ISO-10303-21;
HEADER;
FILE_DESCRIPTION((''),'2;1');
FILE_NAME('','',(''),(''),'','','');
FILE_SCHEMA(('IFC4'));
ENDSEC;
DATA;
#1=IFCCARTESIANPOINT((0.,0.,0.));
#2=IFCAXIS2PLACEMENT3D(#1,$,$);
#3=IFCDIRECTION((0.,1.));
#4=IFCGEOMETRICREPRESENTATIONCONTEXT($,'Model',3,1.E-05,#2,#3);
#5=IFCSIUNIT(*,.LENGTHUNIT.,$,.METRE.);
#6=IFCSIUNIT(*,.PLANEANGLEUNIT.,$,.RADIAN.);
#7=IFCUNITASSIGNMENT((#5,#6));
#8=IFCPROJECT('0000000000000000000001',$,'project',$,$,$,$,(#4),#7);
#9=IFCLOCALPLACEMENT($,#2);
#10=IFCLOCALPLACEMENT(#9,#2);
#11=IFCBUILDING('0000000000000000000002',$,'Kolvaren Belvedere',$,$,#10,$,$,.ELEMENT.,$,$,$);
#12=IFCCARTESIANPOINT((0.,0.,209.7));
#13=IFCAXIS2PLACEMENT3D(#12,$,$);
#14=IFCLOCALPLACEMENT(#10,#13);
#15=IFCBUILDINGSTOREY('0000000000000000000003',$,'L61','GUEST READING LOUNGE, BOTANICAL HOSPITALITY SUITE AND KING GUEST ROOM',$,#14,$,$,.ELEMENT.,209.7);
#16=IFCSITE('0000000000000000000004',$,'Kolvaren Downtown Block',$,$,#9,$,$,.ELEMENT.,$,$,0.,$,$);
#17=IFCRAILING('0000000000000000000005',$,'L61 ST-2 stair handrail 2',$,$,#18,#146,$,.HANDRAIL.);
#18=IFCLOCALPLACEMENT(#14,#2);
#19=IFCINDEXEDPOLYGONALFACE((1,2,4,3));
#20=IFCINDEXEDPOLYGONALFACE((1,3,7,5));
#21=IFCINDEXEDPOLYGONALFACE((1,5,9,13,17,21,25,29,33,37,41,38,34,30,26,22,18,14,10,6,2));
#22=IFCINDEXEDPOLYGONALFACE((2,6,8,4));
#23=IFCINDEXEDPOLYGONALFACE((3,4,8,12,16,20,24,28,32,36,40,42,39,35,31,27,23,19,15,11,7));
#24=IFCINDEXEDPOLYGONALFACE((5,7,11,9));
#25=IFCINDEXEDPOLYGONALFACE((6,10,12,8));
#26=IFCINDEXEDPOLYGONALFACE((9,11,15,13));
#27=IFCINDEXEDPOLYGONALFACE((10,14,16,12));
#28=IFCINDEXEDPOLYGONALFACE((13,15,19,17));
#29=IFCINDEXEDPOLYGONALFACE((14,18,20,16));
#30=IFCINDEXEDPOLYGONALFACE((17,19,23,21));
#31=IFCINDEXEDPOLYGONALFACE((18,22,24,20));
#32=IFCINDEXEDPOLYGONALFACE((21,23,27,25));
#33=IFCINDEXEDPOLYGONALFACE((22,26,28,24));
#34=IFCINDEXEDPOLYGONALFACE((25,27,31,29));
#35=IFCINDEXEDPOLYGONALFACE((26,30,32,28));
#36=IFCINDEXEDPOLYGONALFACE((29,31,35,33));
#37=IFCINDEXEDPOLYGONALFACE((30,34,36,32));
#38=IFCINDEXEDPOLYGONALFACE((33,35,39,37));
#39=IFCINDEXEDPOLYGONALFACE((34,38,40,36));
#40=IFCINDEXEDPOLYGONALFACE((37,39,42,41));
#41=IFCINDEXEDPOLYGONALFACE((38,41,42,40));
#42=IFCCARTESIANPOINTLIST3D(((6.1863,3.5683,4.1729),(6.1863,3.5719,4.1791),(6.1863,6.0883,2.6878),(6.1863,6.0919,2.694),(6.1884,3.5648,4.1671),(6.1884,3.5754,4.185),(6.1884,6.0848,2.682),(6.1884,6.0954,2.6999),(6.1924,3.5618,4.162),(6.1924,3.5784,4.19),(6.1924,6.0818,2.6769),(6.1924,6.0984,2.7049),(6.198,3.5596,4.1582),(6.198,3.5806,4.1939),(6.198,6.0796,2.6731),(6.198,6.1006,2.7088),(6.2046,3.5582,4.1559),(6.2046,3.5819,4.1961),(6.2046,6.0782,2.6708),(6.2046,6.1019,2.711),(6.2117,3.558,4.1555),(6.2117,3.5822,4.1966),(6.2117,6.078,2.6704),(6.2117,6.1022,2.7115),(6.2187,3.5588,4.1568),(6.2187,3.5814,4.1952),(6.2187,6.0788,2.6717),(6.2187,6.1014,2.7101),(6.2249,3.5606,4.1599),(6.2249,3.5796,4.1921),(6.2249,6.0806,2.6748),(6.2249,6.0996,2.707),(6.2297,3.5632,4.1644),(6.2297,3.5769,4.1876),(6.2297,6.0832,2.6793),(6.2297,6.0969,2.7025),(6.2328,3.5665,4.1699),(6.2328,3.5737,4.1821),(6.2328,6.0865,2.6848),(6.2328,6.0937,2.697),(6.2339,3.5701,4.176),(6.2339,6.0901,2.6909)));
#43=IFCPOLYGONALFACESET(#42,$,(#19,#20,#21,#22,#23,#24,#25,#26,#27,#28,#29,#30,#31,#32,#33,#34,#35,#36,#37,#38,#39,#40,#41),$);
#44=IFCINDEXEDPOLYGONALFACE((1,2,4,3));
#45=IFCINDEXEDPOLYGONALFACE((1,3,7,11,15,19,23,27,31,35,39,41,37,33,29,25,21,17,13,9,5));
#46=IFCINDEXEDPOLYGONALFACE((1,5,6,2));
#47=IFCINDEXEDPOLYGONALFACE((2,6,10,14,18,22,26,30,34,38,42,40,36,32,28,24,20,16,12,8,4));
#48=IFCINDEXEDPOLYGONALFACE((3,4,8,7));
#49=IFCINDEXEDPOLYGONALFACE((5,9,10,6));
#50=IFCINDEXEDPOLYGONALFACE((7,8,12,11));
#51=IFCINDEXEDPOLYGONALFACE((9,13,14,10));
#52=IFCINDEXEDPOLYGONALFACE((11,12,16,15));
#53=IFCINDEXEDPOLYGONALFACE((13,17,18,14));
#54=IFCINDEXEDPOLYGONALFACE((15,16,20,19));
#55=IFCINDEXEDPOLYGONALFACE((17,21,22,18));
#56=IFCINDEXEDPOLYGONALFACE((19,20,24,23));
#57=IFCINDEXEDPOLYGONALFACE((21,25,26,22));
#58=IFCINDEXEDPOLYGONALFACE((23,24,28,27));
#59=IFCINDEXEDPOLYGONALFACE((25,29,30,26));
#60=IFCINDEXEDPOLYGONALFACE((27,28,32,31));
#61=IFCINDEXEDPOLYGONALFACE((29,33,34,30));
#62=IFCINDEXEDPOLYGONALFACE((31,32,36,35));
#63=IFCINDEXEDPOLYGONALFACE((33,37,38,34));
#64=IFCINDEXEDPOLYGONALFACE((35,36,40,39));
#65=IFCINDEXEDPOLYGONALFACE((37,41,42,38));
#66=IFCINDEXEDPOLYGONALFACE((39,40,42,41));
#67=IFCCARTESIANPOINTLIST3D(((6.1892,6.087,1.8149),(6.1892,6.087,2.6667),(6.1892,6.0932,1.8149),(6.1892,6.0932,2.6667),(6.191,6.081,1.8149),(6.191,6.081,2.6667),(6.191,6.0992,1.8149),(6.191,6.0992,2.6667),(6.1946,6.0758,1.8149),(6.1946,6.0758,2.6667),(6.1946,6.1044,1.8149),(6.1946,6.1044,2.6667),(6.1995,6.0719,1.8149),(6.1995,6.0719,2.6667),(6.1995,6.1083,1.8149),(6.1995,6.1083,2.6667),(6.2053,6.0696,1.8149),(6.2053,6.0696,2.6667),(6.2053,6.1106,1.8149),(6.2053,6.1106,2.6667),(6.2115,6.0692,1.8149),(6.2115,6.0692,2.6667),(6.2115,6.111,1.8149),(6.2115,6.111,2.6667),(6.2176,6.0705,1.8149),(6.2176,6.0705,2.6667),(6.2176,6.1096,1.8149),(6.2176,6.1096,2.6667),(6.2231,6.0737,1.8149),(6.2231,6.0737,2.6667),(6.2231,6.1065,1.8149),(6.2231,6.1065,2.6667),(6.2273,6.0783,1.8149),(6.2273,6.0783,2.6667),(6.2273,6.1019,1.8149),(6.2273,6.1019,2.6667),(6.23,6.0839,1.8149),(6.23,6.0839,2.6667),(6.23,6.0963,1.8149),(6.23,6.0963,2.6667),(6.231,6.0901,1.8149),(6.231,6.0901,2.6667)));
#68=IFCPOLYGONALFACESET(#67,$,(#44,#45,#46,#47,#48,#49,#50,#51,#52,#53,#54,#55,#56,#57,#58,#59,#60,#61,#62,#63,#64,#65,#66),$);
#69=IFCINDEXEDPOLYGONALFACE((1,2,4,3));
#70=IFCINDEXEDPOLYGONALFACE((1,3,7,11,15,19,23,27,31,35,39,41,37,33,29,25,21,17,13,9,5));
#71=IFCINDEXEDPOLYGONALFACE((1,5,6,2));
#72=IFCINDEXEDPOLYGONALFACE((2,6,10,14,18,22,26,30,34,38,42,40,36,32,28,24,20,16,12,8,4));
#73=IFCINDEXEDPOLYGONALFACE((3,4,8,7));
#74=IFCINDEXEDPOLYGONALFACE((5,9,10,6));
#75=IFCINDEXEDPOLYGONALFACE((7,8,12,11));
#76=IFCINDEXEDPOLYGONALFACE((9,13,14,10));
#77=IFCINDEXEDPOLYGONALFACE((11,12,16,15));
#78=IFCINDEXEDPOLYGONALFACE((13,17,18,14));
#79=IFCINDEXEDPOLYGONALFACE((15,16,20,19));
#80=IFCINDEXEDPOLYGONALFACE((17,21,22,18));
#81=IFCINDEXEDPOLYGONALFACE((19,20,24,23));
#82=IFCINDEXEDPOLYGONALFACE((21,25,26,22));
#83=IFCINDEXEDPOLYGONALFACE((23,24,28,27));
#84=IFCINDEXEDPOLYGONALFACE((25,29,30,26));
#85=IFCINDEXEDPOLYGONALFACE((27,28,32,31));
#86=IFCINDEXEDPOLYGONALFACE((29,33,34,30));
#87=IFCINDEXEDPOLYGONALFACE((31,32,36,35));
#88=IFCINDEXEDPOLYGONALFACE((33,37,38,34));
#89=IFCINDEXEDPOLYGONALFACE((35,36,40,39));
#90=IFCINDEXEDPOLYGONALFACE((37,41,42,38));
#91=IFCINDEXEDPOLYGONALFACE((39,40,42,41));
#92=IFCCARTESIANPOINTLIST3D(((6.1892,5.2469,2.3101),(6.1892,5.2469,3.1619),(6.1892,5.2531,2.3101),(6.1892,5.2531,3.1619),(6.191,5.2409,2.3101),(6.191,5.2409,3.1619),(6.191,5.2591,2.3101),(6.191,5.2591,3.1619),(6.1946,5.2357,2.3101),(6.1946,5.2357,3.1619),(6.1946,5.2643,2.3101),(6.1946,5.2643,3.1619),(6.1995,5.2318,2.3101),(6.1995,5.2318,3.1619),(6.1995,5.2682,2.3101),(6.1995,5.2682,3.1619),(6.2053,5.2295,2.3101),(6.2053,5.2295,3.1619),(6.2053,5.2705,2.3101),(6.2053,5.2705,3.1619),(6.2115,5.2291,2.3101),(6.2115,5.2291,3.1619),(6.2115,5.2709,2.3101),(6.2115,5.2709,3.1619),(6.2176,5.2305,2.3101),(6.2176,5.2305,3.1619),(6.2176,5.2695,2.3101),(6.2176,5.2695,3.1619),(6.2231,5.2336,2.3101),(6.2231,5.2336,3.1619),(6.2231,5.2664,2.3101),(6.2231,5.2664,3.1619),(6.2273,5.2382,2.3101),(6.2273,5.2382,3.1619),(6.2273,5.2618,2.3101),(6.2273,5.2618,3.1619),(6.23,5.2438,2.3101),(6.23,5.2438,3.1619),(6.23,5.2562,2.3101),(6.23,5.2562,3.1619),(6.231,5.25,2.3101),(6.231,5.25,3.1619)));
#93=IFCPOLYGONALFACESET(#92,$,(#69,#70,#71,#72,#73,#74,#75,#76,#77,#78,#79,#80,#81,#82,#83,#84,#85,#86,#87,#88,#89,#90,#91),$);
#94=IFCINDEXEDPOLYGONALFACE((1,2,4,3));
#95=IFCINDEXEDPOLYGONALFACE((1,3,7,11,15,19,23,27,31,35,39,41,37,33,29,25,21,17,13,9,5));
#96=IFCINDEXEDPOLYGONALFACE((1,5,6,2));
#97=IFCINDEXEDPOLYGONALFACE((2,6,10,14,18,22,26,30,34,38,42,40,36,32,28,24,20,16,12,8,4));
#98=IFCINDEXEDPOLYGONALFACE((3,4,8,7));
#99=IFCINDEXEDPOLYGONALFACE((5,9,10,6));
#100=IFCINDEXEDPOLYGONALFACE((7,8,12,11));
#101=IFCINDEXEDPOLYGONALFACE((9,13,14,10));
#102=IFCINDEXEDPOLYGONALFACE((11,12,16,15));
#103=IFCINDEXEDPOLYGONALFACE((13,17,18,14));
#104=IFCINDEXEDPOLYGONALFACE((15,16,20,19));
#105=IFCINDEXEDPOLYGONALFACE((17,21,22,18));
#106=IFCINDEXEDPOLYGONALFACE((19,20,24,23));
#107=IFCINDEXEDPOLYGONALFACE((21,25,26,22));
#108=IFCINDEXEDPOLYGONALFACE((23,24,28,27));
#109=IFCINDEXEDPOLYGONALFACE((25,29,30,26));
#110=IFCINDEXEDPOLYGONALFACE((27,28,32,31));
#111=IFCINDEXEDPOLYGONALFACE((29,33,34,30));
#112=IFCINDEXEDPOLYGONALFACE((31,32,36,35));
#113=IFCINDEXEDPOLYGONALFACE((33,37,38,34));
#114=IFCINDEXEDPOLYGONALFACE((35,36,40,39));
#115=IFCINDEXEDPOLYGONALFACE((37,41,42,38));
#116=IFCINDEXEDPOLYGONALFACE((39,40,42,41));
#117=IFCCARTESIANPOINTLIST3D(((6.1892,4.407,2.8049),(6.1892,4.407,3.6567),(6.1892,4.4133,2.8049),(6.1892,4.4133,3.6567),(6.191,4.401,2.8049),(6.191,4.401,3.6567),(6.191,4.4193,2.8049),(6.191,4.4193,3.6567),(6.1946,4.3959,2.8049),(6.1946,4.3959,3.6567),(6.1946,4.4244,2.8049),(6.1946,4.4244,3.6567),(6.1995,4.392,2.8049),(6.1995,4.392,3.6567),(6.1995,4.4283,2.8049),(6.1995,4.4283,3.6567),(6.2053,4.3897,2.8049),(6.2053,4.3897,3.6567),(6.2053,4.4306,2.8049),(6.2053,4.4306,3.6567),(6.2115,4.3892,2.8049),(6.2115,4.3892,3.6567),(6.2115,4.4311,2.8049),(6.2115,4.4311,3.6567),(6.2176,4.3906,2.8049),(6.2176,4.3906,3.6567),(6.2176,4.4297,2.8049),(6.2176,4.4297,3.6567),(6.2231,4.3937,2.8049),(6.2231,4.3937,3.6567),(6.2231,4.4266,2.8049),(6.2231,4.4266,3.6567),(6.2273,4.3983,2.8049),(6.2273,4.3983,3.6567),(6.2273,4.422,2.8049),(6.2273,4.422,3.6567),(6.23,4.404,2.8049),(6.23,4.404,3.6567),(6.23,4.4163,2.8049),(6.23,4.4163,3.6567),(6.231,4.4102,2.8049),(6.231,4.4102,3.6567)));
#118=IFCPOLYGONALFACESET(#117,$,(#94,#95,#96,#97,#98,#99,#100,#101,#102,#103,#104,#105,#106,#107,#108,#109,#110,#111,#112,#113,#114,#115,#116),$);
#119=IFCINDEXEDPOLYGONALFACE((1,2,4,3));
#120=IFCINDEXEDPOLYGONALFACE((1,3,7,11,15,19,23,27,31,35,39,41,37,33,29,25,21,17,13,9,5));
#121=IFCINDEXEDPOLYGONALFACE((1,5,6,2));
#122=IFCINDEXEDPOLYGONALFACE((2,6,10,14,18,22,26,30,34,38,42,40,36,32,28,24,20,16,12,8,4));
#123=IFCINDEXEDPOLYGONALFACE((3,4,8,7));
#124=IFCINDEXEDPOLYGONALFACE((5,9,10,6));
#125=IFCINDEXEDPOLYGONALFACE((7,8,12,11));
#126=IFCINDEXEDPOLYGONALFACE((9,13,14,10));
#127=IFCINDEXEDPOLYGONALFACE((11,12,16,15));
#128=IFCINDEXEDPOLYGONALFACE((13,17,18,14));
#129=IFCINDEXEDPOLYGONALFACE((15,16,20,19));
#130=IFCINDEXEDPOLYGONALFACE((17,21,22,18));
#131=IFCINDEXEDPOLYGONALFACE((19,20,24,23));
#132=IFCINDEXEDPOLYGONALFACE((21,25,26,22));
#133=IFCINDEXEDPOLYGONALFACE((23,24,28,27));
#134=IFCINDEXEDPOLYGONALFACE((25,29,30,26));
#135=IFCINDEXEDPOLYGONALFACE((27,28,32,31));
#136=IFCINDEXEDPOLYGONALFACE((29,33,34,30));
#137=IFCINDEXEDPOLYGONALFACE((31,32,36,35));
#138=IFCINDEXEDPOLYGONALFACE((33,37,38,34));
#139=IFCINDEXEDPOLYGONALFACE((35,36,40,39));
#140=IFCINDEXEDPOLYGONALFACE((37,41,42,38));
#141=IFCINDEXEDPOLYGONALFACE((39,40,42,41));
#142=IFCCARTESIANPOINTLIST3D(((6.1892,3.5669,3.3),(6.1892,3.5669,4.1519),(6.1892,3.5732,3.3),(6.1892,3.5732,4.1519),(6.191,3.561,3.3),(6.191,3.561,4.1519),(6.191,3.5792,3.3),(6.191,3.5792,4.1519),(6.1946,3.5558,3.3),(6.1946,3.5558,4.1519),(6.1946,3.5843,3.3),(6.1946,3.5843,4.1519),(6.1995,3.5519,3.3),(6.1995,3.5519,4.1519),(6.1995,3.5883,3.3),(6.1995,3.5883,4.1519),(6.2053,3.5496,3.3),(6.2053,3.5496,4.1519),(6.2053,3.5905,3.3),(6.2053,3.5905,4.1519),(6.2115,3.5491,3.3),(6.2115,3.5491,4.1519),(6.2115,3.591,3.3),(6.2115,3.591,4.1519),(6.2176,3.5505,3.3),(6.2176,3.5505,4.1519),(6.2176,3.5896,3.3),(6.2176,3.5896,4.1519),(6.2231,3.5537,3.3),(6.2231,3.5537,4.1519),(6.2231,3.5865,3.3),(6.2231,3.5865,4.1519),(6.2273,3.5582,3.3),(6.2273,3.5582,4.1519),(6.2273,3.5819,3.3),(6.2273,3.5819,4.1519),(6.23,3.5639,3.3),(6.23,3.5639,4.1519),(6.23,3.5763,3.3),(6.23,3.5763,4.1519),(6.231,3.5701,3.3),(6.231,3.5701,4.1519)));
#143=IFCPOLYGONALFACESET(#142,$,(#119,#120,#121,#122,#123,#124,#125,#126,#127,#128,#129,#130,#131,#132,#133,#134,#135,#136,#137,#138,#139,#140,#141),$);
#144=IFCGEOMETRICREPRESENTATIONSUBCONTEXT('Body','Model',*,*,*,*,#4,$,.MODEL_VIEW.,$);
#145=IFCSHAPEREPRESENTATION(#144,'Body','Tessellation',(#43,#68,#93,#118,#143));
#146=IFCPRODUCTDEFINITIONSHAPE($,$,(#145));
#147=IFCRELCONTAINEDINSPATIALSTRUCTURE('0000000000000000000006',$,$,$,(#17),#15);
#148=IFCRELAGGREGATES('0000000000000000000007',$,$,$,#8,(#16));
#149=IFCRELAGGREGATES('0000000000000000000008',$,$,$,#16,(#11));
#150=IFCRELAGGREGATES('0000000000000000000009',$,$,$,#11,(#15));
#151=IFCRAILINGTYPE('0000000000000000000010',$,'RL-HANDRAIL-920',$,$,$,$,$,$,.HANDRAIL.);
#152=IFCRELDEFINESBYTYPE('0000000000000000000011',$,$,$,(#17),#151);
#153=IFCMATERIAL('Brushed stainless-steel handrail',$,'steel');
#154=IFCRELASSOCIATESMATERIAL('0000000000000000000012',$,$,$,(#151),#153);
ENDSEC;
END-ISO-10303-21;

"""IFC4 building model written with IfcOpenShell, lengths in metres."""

from ifc_helpers import new_model, si_unit, direction, frame, origin, origin_2d, place, context, subcontext, project, spatial, circle, extrude, material, type_object, element, save


model = new_model("IFC4")

# Units and contexts
model_context = context("Model", 3, precision=1e-05, world=origin(), true_north=direction((0.0, 1.0)))
body_context = subcontext(model_context, "Body", "Model", "MODEL_VIEW")
ifc_project = project(units=[si_unit("LENGTHUNIT", "METRE"), si_unit("PLANEANGLEUNIT", "RADIAN")], contexts=[model_context])

# Site, building, storey
site_placement = place(None, origin())
site = spatial("IfcSite", under=ifc_project, at=site_placement, Name="Kolvaren Downtown Block", CompositionType="ELEMENT", RefElevation=0.0)
building_placement = place(site_placement, origin())
building = spatial("IfcBuilding", under=site, at=building_placement, Name="Kolvaren Belvedere", CompositionType="ELEMENT")
storey_placement = place(building_placement, frame((0.0, 0.0, 209.7)))
storey = spatial("IfcBuildingStorey", under=building, at=storey_placement, Name="L61", Description="GUEST READING LOUNGE, BOTANICAL HOSPITALITY SUITE AND KING GUEST ROOM", CompositionType="ELEMENT", Elevation=209.7)

# Railing
ifc_material_1 = material(Name="Brushed stainless-steel handrail", Category="steel")
railing_type_1 = type_object("IfcRailingType", Name="RL-HANDRAIL-920", PredefinedType="HANDRAIL", material=ifc_material_1)
railing_1_placement = place(storey_placement, frame((6.21, 6.0901, 1.8149)))
element("IfcRailing", 1, at=railing_1_placement, inside=storey, type_object=railing_type_1, Name="L61 ST-2 stair handrail 2", PredefinedType="HANDRAIL", context=body_context, shape_type="SweptSolid", body=[
    extrude(circle(Radius=0.0239, at=origin_2d()), frame((0.0, 0.0, 0.876), z_axis=(0.0, -0.861524, 0.507717), x_axis=(1.0, 0.0, 0.0)), (0.0, 0.0, 1.0), 2.925),
    extrude(circle(Radius=0.021, at=origin_2d()), origin(), (0.0, 0.0, 1.0), 0.8518),
    extrude(circle(Radius=0.021, at=origin_2d()), frame((0.0, -0.8401, 0.4951)), (0.0, 0.0, 1.0), 0.8518),
    extrude(circle(Radius=0.021, at=origin_2d()), frame((0.0, -1.6799, 0.99)), (0.0, 0.0, 1.0), 0.8518),
    extrude(circle(Radius=0.021, at=origin_2d()), frame((0.0, -2.52, 1.4851)), (0.0, 0.0, 1.0), 0.8518),
])

save(model, "model.ifc")
